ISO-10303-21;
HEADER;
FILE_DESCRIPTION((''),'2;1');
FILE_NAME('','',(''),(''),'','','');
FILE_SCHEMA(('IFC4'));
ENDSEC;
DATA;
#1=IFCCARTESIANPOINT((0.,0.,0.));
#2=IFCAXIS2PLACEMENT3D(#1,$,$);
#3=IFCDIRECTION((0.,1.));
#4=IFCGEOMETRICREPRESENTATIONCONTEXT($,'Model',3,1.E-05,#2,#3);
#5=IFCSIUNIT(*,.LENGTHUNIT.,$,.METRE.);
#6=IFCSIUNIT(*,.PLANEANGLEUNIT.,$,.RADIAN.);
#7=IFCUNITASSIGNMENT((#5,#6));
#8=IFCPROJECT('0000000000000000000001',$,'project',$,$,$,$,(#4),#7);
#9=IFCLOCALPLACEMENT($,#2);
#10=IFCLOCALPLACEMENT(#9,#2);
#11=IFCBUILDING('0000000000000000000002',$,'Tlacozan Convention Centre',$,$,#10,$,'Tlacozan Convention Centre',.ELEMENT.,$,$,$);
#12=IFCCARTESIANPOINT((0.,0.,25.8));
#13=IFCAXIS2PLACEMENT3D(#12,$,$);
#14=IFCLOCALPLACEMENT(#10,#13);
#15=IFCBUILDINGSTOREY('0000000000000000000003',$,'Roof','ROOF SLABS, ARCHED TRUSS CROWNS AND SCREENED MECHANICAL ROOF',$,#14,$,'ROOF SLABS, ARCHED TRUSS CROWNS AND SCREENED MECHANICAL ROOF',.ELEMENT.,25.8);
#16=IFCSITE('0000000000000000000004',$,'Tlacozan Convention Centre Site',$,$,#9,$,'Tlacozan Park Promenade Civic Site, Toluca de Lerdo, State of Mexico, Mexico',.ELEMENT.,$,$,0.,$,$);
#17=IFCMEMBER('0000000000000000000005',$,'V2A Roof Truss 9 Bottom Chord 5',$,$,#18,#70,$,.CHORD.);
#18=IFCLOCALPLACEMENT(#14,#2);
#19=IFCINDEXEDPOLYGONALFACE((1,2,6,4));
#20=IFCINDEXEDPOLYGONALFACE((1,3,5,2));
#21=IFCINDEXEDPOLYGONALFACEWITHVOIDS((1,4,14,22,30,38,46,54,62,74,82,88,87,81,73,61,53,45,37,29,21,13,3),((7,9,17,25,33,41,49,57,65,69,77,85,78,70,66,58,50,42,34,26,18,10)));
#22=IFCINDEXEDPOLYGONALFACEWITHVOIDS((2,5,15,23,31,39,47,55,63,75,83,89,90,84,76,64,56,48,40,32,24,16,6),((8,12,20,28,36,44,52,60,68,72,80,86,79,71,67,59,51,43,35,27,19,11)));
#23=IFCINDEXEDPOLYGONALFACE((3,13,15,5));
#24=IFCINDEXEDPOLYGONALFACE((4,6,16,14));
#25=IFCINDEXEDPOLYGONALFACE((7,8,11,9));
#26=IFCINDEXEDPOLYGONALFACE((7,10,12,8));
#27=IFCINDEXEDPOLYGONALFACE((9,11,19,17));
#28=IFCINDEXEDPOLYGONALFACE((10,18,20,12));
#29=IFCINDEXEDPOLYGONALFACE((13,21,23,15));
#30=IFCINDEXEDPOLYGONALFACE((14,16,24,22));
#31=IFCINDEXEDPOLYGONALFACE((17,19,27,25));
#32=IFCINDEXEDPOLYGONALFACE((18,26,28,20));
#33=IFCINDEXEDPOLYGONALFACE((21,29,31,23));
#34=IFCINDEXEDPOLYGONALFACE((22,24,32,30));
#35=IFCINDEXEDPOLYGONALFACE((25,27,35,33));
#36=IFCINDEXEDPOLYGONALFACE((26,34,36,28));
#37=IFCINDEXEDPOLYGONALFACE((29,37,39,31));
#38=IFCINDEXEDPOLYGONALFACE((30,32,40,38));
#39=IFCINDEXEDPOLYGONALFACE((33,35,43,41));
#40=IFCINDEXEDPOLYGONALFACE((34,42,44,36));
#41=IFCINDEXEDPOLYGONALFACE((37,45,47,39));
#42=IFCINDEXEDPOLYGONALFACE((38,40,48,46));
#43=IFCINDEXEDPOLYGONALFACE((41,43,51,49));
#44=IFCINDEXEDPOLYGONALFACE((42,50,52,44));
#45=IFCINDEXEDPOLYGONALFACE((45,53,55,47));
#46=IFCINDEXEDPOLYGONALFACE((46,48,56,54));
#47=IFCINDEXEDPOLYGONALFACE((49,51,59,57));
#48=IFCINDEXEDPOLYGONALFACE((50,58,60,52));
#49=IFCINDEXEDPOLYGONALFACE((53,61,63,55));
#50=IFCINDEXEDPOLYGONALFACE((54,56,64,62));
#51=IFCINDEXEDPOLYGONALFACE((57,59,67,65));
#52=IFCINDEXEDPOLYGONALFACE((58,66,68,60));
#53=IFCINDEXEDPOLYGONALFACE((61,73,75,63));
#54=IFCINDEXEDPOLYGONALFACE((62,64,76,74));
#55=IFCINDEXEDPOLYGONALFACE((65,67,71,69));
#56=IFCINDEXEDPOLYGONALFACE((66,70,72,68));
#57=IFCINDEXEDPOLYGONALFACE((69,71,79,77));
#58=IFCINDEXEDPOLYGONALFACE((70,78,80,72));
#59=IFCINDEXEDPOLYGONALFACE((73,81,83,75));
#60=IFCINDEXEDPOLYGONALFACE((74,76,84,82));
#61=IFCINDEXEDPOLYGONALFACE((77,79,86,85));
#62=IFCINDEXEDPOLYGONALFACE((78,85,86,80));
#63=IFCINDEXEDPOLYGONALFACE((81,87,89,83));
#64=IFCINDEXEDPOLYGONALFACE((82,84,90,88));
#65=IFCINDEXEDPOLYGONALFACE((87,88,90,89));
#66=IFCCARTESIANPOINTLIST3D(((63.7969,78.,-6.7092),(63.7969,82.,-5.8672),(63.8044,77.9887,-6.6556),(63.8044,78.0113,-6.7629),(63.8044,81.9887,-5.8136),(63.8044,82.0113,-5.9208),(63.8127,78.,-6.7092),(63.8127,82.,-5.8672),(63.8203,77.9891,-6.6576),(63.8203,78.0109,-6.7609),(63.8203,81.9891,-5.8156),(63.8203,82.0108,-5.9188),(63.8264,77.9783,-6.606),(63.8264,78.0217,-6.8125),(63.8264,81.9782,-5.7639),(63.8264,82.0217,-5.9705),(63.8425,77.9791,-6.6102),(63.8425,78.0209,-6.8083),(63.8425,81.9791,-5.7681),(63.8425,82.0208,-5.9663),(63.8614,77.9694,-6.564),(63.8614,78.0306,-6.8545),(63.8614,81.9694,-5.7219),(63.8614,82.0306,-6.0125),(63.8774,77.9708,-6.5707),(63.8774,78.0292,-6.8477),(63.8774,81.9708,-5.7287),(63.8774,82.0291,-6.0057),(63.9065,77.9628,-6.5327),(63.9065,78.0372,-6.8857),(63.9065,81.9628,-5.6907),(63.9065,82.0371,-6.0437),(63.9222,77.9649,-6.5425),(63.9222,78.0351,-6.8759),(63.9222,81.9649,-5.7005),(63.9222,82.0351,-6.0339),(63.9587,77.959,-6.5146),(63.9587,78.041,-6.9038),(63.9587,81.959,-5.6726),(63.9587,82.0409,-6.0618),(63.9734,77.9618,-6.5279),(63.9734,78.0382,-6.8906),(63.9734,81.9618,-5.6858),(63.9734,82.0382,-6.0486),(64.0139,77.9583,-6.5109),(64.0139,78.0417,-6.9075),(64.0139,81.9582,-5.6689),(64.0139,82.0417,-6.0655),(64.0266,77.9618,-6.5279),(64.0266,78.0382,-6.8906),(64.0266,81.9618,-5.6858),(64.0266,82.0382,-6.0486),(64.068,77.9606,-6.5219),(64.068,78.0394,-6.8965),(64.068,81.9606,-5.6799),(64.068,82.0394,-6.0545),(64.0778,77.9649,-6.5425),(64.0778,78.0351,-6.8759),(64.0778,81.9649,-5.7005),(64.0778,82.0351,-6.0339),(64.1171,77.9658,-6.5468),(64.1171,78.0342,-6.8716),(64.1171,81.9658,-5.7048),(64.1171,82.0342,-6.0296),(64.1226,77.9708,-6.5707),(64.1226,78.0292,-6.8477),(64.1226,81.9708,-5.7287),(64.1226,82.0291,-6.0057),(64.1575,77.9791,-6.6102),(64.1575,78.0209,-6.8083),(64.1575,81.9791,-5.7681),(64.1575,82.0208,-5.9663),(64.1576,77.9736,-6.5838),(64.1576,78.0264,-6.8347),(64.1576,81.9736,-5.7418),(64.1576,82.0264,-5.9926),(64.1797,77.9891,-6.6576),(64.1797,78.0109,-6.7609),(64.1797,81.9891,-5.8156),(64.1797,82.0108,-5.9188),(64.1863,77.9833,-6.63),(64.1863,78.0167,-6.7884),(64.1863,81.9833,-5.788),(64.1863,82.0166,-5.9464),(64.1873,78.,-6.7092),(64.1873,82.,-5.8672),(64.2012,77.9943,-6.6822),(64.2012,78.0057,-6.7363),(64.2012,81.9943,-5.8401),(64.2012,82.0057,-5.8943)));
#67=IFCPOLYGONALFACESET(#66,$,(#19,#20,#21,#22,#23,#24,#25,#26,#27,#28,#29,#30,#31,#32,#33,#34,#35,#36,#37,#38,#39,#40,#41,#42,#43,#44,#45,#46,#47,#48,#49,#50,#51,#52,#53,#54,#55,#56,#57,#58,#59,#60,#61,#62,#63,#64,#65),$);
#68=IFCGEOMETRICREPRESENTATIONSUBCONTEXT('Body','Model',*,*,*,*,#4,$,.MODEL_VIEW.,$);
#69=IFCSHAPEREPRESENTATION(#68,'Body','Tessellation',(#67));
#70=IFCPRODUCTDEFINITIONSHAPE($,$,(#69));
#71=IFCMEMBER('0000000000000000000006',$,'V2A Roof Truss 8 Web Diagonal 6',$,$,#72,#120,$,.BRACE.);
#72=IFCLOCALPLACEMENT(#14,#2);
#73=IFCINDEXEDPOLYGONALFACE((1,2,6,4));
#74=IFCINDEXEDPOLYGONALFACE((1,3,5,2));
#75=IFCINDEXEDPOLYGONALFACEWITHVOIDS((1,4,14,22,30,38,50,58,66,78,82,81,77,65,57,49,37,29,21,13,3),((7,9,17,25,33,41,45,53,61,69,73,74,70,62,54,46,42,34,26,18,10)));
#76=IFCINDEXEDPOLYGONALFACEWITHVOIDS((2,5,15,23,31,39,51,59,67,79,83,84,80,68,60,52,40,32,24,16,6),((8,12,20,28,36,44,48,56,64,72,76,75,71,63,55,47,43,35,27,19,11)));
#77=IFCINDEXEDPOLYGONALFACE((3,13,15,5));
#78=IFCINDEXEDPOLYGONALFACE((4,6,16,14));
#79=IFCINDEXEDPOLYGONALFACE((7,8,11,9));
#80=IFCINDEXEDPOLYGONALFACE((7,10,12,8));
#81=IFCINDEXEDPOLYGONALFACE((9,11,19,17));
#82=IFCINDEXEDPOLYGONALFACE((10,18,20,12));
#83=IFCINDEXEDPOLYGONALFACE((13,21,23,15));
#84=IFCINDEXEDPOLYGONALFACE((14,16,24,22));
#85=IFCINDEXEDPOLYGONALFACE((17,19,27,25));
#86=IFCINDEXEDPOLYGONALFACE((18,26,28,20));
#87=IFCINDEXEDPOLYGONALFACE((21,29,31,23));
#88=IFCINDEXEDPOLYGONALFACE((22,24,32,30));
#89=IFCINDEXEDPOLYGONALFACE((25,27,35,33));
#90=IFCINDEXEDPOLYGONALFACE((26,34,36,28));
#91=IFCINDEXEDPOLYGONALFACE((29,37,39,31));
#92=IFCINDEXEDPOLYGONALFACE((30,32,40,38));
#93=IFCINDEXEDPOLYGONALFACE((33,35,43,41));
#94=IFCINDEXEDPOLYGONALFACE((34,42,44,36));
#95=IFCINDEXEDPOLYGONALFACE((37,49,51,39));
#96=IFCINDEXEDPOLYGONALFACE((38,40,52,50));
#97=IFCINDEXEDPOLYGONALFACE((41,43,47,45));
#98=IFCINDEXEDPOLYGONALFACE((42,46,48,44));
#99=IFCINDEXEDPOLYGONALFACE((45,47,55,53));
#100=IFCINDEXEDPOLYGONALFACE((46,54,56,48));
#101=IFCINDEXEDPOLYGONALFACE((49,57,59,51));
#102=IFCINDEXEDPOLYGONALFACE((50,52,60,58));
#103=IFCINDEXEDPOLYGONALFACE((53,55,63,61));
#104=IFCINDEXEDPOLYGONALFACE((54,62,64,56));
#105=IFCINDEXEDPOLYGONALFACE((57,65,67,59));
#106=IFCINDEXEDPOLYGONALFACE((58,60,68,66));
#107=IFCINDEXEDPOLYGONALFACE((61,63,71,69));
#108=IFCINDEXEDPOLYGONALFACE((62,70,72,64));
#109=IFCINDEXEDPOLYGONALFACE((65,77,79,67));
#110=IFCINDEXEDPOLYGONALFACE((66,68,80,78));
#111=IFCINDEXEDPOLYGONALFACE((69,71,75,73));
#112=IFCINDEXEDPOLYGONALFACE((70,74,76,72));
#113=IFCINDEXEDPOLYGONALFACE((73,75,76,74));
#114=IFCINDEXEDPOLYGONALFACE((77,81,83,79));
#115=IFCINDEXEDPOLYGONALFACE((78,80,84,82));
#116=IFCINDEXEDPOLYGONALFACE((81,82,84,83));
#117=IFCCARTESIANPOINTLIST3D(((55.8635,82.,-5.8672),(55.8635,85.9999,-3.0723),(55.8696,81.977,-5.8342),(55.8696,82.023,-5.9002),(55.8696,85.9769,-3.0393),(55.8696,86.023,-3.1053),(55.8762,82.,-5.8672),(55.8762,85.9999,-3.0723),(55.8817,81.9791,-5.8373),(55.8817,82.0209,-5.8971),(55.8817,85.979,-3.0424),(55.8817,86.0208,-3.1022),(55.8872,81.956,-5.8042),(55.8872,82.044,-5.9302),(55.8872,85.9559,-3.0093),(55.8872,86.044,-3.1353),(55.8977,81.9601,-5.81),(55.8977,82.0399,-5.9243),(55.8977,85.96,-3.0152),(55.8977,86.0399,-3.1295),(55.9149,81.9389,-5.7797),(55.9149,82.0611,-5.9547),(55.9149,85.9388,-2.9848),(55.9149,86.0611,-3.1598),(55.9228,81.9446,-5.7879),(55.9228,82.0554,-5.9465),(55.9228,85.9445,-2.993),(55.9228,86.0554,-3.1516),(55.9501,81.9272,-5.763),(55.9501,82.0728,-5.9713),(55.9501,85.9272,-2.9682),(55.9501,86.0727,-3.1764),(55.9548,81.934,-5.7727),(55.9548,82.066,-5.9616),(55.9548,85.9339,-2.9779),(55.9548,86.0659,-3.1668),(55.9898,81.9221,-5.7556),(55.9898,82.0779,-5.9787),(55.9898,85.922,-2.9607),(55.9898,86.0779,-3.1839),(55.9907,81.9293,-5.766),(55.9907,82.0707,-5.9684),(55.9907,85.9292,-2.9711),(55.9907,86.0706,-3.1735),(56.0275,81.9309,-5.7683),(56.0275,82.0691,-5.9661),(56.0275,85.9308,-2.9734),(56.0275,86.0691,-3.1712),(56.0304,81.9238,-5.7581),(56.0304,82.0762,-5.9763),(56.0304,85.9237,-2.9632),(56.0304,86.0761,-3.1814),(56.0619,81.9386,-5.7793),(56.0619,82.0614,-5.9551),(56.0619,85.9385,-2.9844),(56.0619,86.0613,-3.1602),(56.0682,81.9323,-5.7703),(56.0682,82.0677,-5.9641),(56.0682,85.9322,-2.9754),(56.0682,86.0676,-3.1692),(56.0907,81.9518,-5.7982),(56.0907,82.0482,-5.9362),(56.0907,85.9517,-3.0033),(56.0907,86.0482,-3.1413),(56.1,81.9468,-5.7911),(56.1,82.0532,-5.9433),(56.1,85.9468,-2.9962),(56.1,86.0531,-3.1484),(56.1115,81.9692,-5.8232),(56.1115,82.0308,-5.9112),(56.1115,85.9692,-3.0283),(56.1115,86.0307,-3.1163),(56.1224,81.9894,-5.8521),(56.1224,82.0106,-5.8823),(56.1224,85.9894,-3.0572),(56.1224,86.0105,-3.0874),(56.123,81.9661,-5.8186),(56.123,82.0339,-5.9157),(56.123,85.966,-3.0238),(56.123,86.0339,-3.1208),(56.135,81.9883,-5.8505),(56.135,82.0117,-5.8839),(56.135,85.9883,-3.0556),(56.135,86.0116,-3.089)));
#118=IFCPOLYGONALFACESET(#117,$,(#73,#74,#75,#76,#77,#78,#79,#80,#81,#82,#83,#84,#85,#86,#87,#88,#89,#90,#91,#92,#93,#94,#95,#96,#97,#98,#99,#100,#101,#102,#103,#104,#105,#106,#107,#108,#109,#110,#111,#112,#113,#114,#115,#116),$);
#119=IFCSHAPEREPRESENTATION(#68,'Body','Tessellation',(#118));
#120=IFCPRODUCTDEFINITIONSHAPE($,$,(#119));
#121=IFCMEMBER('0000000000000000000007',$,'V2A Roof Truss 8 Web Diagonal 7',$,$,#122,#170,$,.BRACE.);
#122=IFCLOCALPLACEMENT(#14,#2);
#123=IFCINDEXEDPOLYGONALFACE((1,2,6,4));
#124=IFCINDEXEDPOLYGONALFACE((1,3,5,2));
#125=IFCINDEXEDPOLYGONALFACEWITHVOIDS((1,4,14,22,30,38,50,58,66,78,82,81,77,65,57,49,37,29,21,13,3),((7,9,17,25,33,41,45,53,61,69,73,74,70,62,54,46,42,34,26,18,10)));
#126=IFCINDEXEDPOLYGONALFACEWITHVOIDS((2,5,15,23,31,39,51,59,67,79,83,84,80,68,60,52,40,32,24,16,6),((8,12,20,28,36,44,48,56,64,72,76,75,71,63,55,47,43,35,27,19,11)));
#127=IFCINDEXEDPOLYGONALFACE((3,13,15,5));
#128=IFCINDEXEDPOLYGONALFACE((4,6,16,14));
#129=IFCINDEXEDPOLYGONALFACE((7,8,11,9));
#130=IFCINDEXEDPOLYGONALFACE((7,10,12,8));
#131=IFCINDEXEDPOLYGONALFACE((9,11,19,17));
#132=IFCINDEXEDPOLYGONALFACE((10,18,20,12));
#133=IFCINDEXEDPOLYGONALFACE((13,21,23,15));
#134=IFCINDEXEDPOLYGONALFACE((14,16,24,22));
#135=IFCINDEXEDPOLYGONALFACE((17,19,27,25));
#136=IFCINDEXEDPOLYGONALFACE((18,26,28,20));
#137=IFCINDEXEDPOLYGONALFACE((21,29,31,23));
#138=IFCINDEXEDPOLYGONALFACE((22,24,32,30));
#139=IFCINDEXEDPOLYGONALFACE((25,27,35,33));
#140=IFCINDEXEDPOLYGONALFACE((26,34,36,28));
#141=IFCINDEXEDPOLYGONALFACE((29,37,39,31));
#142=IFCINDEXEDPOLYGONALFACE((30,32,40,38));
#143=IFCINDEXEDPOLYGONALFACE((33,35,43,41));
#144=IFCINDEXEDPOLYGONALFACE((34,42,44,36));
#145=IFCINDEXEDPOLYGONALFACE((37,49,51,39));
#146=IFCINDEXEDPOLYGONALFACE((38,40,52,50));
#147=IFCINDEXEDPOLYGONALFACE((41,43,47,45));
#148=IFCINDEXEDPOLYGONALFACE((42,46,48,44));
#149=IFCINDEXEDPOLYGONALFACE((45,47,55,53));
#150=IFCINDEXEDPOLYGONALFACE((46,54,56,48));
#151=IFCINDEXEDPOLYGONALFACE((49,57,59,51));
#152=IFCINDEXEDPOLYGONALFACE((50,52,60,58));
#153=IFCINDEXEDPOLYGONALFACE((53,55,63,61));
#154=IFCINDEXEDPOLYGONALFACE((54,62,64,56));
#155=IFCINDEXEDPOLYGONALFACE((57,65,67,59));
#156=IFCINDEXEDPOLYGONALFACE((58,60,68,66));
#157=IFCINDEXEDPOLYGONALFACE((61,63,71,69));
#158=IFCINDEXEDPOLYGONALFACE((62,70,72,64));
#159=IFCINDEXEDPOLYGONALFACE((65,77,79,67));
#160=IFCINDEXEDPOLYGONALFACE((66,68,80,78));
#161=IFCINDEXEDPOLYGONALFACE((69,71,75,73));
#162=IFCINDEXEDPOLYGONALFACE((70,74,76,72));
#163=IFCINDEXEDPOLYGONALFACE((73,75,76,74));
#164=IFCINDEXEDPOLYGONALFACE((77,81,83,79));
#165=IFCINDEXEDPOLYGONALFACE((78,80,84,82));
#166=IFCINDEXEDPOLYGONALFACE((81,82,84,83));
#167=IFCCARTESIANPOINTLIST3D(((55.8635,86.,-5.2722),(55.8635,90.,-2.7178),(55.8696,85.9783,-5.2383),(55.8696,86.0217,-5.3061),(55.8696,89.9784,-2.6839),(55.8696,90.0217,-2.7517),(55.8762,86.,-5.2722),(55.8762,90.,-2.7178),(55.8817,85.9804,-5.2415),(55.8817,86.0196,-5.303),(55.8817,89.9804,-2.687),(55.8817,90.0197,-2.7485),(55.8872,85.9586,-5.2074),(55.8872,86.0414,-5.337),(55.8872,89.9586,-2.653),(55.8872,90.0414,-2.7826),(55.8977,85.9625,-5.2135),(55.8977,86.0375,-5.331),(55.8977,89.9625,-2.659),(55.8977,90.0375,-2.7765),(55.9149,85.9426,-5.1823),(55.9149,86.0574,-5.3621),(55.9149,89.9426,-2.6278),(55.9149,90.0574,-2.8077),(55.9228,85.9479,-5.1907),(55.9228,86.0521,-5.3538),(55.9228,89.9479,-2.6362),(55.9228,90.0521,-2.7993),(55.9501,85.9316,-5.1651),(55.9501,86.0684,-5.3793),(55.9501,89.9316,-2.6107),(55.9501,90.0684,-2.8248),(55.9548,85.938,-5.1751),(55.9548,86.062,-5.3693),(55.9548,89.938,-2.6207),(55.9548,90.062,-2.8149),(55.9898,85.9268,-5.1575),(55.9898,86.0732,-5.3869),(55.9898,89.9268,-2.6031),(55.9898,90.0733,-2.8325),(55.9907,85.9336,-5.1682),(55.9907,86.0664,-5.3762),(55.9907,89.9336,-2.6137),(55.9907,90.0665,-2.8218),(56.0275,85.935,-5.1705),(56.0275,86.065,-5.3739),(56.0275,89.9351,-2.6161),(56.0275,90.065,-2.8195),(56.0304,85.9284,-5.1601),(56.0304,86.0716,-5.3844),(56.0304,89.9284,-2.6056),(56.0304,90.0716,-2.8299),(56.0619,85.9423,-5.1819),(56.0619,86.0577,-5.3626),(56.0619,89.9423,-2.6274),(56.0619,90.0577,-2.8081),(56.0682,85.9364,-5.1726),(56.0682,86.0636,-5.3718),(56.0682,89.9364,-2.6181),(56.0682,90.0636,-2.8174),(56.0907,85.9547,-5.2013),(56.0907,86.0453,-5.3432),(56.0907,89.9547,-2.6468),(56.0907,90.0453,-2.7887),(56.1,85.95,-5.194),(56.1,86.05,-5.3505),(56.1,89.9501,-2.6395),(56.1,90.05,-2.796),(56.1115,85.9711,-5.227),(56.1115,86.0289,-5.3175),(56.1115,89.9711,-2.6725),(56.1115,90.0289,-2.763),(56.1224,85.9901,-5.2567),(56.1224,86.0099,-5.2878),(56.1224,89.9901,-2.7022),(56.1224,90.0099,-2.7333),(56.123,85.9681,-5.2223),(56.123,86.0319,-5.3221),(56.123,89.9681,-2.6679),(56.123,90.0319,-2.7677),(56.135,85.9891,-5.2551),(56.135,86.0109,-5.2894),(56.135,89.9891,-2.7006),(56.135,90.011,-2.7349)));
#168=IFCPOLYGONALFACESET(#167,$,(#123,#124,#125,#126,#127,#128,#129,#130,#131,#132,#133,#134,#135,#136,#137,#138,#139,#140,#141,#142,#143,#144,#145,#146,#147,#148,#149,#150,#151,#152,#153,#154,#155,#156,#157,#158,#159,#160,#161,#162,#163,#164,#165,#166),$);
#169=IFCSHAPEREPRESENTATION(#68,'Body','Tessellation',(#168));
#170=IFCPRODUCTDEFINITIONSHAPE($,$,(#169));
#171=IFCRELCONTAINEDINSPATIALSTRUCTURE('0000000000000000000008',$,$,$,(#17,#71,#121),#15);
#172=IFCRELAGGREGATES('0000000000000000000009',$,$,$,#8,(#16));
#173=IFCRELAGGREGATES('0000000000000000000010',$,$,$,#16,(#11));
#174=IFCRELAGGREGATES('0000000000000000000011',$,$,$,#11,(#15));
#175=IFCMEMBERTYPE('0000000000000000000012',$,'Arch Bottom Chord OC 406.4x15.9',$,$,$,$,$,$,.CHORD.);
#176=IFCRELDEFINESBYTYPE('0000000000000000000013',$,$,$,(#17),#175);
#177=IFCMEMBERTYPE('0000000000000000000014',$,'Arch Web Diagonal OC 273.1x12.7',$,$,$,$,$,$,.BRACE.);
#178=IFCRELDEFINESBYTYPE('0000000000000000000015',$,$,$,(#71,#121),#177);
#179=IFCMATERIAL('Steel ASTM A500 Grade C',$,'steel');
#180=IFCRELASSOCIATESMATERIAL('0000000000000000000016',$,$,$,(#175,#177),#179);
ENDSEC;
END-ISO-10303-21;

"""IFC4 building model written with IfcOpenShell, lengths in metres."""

from ifc_helpers import new_model, si_unit, direction, frame, origin, origin_2d, place, context, subcontext, project, spatial, hollow_circle, extrude, material, material_profile, profile_set, type_object, element, save


model = new_model("IFC4")

# Units and contexts
model_context = context("Model", 3, precision=1e-05, world=origin(), true_north=direction((0.0, 1.0)))
body_context = subcontext(model_context, "Body", "Model", "MODEL_VIEW")
ifc_project = project(units=[si_unit("LENGTHUNIT", "METRE"), si_unit("PLANEANGLEUNIT", "RADIAN")], contexts=[model_context])

# Site, building, storey
site_placement = place(None, origin())
site = spatial("IfcSite", under=ifc_project, at=site_placement, Name="Tlacozan Convention Centre Site", LongName="Tlacozan Park Promenade Civic Site, Toluca de Lerdo, State of Mexico, Mexico", CompositionType="ELEMENT", RefElevation=0.0)
building_placement = place(site_placement, origin())
building = spatial("IfcBuilding", under=site, at=building_placement, Name="Tlacozan Convention Centre", LongName="Tlacozan Convention Centre", CompositionType="ELEMENT")
storey_placement = place(building_placement, frame((0.0, 0.0, 25.8)))
storey = spatial("IfcBuildingStorey", under=building, at=storey_placement, Name="Roof", Description="ROOF SLABS, ARCHED TRUSS CROWNS AND SCREENED MECHANICAL ROOF", LongName="ROOF SLABS, ARCHED TRUSS CROWNS AND SCREENED MECHANICAL ROOF", CompositionType="ELEMENT", Elevation=25.8)

# Members
ifc_material_1 = material(Name="Steel ASTM A500 Grade C", Category="steel")
ifc_material_profile_1 = material_profile(ifc_material_1, hollow_circle(Radius=0.2031, WallThickness=0.0159, at=origin_2d()), Name="OC 406.4x15.9")
ifc_profile_set_1 = profile_set([ifc_material_profile_1], Name="Steel ASTM A500 Grade C")
member_type_1 = type_object("IfcMemberType", Name="Arch Bottom Chord OC 406.4x15.9", PredefinedType="CHORD", material=ifc_profile_set_1)
member_1_placement = place(storey_placement, frame((64.0, 78.0, -6.7092), z_axis=(0.0, 0.978553, 0.205995), x_axis=(-1.0, 0.0, 0.0)))
element("IfcMember", 1, at=member_1_placement, inside=storey, type_object=member_type_1, Name="V2A Roof Truss 9 Bottom Chord 5", PredefinedType="CHORD", context=body_context, shape_type="SweptSolid", body=[
    extrude(hollow_circle(Radius=0.2031, WallThickness=0.0159, at=origin_2d()), origin(), (0.0, 0.0, 1.0), 4.0876),
])
ifc_material_profile_2 = material_profile(ifc_material_1, hollow_circle(Radius=0.1365, WallThickness=0.0127, at=origin_2d()), Name="OC 273.1x12.7")
ifc_profile_set_2 = profile_set([ifc_material_profile_2], Name="Steel ASTM A500 Grade C")
member_type_2 = type_object("IfcMemberType", Name="Arch Web Diagonal OC 273.1x12.7", PredefinedType="BRACE", material=ifc_profile_set_2)
member_2_placement = place(storey_placement, frame((56.0, 82.0, -5.8672), z_axis=(0.0, 0.819721, 0.572764), x_axis=(-1.0, 0.0, 0.0)))
element("IfcMember", 2, at=member_2_placement, inside=storey, type_object=member_type_2, Name="V2A Roof Truss 8 Web Diagonal 6", PredefinedType="BRACE", context=body_context, shape_type="SweptSolid", body=[
    extrude(hollow_circle(Radius=0.1365, WallThickness=0.0127, at=origin_2d()), origin(), (0.0, 0.0, 1.0), 4.8796),
])
member_3_placement = place(storey_placement, frame((56.0, 86.0, -5.2722), z_axis=(0.0, 0.842803, 0.538223), x_axis=(-1.0, 0.0, 0.0)))
element("IfcMember", 3, at=member_3_placement, inside=storey, type_object=member_type_2, Name="V2A Roof Truss 8 Web Diagonal 7", PredefinedType="BRACE", context=body_context, shape_type="SweptSolid", body=[
    extrude(hollow_circle(Radius=0.1365, WallThickness=0.0127, at=origin_2d()), origin(), (0.0, 0.0, 1.0), 4.7461),
])

save(model, "model.ifc")
